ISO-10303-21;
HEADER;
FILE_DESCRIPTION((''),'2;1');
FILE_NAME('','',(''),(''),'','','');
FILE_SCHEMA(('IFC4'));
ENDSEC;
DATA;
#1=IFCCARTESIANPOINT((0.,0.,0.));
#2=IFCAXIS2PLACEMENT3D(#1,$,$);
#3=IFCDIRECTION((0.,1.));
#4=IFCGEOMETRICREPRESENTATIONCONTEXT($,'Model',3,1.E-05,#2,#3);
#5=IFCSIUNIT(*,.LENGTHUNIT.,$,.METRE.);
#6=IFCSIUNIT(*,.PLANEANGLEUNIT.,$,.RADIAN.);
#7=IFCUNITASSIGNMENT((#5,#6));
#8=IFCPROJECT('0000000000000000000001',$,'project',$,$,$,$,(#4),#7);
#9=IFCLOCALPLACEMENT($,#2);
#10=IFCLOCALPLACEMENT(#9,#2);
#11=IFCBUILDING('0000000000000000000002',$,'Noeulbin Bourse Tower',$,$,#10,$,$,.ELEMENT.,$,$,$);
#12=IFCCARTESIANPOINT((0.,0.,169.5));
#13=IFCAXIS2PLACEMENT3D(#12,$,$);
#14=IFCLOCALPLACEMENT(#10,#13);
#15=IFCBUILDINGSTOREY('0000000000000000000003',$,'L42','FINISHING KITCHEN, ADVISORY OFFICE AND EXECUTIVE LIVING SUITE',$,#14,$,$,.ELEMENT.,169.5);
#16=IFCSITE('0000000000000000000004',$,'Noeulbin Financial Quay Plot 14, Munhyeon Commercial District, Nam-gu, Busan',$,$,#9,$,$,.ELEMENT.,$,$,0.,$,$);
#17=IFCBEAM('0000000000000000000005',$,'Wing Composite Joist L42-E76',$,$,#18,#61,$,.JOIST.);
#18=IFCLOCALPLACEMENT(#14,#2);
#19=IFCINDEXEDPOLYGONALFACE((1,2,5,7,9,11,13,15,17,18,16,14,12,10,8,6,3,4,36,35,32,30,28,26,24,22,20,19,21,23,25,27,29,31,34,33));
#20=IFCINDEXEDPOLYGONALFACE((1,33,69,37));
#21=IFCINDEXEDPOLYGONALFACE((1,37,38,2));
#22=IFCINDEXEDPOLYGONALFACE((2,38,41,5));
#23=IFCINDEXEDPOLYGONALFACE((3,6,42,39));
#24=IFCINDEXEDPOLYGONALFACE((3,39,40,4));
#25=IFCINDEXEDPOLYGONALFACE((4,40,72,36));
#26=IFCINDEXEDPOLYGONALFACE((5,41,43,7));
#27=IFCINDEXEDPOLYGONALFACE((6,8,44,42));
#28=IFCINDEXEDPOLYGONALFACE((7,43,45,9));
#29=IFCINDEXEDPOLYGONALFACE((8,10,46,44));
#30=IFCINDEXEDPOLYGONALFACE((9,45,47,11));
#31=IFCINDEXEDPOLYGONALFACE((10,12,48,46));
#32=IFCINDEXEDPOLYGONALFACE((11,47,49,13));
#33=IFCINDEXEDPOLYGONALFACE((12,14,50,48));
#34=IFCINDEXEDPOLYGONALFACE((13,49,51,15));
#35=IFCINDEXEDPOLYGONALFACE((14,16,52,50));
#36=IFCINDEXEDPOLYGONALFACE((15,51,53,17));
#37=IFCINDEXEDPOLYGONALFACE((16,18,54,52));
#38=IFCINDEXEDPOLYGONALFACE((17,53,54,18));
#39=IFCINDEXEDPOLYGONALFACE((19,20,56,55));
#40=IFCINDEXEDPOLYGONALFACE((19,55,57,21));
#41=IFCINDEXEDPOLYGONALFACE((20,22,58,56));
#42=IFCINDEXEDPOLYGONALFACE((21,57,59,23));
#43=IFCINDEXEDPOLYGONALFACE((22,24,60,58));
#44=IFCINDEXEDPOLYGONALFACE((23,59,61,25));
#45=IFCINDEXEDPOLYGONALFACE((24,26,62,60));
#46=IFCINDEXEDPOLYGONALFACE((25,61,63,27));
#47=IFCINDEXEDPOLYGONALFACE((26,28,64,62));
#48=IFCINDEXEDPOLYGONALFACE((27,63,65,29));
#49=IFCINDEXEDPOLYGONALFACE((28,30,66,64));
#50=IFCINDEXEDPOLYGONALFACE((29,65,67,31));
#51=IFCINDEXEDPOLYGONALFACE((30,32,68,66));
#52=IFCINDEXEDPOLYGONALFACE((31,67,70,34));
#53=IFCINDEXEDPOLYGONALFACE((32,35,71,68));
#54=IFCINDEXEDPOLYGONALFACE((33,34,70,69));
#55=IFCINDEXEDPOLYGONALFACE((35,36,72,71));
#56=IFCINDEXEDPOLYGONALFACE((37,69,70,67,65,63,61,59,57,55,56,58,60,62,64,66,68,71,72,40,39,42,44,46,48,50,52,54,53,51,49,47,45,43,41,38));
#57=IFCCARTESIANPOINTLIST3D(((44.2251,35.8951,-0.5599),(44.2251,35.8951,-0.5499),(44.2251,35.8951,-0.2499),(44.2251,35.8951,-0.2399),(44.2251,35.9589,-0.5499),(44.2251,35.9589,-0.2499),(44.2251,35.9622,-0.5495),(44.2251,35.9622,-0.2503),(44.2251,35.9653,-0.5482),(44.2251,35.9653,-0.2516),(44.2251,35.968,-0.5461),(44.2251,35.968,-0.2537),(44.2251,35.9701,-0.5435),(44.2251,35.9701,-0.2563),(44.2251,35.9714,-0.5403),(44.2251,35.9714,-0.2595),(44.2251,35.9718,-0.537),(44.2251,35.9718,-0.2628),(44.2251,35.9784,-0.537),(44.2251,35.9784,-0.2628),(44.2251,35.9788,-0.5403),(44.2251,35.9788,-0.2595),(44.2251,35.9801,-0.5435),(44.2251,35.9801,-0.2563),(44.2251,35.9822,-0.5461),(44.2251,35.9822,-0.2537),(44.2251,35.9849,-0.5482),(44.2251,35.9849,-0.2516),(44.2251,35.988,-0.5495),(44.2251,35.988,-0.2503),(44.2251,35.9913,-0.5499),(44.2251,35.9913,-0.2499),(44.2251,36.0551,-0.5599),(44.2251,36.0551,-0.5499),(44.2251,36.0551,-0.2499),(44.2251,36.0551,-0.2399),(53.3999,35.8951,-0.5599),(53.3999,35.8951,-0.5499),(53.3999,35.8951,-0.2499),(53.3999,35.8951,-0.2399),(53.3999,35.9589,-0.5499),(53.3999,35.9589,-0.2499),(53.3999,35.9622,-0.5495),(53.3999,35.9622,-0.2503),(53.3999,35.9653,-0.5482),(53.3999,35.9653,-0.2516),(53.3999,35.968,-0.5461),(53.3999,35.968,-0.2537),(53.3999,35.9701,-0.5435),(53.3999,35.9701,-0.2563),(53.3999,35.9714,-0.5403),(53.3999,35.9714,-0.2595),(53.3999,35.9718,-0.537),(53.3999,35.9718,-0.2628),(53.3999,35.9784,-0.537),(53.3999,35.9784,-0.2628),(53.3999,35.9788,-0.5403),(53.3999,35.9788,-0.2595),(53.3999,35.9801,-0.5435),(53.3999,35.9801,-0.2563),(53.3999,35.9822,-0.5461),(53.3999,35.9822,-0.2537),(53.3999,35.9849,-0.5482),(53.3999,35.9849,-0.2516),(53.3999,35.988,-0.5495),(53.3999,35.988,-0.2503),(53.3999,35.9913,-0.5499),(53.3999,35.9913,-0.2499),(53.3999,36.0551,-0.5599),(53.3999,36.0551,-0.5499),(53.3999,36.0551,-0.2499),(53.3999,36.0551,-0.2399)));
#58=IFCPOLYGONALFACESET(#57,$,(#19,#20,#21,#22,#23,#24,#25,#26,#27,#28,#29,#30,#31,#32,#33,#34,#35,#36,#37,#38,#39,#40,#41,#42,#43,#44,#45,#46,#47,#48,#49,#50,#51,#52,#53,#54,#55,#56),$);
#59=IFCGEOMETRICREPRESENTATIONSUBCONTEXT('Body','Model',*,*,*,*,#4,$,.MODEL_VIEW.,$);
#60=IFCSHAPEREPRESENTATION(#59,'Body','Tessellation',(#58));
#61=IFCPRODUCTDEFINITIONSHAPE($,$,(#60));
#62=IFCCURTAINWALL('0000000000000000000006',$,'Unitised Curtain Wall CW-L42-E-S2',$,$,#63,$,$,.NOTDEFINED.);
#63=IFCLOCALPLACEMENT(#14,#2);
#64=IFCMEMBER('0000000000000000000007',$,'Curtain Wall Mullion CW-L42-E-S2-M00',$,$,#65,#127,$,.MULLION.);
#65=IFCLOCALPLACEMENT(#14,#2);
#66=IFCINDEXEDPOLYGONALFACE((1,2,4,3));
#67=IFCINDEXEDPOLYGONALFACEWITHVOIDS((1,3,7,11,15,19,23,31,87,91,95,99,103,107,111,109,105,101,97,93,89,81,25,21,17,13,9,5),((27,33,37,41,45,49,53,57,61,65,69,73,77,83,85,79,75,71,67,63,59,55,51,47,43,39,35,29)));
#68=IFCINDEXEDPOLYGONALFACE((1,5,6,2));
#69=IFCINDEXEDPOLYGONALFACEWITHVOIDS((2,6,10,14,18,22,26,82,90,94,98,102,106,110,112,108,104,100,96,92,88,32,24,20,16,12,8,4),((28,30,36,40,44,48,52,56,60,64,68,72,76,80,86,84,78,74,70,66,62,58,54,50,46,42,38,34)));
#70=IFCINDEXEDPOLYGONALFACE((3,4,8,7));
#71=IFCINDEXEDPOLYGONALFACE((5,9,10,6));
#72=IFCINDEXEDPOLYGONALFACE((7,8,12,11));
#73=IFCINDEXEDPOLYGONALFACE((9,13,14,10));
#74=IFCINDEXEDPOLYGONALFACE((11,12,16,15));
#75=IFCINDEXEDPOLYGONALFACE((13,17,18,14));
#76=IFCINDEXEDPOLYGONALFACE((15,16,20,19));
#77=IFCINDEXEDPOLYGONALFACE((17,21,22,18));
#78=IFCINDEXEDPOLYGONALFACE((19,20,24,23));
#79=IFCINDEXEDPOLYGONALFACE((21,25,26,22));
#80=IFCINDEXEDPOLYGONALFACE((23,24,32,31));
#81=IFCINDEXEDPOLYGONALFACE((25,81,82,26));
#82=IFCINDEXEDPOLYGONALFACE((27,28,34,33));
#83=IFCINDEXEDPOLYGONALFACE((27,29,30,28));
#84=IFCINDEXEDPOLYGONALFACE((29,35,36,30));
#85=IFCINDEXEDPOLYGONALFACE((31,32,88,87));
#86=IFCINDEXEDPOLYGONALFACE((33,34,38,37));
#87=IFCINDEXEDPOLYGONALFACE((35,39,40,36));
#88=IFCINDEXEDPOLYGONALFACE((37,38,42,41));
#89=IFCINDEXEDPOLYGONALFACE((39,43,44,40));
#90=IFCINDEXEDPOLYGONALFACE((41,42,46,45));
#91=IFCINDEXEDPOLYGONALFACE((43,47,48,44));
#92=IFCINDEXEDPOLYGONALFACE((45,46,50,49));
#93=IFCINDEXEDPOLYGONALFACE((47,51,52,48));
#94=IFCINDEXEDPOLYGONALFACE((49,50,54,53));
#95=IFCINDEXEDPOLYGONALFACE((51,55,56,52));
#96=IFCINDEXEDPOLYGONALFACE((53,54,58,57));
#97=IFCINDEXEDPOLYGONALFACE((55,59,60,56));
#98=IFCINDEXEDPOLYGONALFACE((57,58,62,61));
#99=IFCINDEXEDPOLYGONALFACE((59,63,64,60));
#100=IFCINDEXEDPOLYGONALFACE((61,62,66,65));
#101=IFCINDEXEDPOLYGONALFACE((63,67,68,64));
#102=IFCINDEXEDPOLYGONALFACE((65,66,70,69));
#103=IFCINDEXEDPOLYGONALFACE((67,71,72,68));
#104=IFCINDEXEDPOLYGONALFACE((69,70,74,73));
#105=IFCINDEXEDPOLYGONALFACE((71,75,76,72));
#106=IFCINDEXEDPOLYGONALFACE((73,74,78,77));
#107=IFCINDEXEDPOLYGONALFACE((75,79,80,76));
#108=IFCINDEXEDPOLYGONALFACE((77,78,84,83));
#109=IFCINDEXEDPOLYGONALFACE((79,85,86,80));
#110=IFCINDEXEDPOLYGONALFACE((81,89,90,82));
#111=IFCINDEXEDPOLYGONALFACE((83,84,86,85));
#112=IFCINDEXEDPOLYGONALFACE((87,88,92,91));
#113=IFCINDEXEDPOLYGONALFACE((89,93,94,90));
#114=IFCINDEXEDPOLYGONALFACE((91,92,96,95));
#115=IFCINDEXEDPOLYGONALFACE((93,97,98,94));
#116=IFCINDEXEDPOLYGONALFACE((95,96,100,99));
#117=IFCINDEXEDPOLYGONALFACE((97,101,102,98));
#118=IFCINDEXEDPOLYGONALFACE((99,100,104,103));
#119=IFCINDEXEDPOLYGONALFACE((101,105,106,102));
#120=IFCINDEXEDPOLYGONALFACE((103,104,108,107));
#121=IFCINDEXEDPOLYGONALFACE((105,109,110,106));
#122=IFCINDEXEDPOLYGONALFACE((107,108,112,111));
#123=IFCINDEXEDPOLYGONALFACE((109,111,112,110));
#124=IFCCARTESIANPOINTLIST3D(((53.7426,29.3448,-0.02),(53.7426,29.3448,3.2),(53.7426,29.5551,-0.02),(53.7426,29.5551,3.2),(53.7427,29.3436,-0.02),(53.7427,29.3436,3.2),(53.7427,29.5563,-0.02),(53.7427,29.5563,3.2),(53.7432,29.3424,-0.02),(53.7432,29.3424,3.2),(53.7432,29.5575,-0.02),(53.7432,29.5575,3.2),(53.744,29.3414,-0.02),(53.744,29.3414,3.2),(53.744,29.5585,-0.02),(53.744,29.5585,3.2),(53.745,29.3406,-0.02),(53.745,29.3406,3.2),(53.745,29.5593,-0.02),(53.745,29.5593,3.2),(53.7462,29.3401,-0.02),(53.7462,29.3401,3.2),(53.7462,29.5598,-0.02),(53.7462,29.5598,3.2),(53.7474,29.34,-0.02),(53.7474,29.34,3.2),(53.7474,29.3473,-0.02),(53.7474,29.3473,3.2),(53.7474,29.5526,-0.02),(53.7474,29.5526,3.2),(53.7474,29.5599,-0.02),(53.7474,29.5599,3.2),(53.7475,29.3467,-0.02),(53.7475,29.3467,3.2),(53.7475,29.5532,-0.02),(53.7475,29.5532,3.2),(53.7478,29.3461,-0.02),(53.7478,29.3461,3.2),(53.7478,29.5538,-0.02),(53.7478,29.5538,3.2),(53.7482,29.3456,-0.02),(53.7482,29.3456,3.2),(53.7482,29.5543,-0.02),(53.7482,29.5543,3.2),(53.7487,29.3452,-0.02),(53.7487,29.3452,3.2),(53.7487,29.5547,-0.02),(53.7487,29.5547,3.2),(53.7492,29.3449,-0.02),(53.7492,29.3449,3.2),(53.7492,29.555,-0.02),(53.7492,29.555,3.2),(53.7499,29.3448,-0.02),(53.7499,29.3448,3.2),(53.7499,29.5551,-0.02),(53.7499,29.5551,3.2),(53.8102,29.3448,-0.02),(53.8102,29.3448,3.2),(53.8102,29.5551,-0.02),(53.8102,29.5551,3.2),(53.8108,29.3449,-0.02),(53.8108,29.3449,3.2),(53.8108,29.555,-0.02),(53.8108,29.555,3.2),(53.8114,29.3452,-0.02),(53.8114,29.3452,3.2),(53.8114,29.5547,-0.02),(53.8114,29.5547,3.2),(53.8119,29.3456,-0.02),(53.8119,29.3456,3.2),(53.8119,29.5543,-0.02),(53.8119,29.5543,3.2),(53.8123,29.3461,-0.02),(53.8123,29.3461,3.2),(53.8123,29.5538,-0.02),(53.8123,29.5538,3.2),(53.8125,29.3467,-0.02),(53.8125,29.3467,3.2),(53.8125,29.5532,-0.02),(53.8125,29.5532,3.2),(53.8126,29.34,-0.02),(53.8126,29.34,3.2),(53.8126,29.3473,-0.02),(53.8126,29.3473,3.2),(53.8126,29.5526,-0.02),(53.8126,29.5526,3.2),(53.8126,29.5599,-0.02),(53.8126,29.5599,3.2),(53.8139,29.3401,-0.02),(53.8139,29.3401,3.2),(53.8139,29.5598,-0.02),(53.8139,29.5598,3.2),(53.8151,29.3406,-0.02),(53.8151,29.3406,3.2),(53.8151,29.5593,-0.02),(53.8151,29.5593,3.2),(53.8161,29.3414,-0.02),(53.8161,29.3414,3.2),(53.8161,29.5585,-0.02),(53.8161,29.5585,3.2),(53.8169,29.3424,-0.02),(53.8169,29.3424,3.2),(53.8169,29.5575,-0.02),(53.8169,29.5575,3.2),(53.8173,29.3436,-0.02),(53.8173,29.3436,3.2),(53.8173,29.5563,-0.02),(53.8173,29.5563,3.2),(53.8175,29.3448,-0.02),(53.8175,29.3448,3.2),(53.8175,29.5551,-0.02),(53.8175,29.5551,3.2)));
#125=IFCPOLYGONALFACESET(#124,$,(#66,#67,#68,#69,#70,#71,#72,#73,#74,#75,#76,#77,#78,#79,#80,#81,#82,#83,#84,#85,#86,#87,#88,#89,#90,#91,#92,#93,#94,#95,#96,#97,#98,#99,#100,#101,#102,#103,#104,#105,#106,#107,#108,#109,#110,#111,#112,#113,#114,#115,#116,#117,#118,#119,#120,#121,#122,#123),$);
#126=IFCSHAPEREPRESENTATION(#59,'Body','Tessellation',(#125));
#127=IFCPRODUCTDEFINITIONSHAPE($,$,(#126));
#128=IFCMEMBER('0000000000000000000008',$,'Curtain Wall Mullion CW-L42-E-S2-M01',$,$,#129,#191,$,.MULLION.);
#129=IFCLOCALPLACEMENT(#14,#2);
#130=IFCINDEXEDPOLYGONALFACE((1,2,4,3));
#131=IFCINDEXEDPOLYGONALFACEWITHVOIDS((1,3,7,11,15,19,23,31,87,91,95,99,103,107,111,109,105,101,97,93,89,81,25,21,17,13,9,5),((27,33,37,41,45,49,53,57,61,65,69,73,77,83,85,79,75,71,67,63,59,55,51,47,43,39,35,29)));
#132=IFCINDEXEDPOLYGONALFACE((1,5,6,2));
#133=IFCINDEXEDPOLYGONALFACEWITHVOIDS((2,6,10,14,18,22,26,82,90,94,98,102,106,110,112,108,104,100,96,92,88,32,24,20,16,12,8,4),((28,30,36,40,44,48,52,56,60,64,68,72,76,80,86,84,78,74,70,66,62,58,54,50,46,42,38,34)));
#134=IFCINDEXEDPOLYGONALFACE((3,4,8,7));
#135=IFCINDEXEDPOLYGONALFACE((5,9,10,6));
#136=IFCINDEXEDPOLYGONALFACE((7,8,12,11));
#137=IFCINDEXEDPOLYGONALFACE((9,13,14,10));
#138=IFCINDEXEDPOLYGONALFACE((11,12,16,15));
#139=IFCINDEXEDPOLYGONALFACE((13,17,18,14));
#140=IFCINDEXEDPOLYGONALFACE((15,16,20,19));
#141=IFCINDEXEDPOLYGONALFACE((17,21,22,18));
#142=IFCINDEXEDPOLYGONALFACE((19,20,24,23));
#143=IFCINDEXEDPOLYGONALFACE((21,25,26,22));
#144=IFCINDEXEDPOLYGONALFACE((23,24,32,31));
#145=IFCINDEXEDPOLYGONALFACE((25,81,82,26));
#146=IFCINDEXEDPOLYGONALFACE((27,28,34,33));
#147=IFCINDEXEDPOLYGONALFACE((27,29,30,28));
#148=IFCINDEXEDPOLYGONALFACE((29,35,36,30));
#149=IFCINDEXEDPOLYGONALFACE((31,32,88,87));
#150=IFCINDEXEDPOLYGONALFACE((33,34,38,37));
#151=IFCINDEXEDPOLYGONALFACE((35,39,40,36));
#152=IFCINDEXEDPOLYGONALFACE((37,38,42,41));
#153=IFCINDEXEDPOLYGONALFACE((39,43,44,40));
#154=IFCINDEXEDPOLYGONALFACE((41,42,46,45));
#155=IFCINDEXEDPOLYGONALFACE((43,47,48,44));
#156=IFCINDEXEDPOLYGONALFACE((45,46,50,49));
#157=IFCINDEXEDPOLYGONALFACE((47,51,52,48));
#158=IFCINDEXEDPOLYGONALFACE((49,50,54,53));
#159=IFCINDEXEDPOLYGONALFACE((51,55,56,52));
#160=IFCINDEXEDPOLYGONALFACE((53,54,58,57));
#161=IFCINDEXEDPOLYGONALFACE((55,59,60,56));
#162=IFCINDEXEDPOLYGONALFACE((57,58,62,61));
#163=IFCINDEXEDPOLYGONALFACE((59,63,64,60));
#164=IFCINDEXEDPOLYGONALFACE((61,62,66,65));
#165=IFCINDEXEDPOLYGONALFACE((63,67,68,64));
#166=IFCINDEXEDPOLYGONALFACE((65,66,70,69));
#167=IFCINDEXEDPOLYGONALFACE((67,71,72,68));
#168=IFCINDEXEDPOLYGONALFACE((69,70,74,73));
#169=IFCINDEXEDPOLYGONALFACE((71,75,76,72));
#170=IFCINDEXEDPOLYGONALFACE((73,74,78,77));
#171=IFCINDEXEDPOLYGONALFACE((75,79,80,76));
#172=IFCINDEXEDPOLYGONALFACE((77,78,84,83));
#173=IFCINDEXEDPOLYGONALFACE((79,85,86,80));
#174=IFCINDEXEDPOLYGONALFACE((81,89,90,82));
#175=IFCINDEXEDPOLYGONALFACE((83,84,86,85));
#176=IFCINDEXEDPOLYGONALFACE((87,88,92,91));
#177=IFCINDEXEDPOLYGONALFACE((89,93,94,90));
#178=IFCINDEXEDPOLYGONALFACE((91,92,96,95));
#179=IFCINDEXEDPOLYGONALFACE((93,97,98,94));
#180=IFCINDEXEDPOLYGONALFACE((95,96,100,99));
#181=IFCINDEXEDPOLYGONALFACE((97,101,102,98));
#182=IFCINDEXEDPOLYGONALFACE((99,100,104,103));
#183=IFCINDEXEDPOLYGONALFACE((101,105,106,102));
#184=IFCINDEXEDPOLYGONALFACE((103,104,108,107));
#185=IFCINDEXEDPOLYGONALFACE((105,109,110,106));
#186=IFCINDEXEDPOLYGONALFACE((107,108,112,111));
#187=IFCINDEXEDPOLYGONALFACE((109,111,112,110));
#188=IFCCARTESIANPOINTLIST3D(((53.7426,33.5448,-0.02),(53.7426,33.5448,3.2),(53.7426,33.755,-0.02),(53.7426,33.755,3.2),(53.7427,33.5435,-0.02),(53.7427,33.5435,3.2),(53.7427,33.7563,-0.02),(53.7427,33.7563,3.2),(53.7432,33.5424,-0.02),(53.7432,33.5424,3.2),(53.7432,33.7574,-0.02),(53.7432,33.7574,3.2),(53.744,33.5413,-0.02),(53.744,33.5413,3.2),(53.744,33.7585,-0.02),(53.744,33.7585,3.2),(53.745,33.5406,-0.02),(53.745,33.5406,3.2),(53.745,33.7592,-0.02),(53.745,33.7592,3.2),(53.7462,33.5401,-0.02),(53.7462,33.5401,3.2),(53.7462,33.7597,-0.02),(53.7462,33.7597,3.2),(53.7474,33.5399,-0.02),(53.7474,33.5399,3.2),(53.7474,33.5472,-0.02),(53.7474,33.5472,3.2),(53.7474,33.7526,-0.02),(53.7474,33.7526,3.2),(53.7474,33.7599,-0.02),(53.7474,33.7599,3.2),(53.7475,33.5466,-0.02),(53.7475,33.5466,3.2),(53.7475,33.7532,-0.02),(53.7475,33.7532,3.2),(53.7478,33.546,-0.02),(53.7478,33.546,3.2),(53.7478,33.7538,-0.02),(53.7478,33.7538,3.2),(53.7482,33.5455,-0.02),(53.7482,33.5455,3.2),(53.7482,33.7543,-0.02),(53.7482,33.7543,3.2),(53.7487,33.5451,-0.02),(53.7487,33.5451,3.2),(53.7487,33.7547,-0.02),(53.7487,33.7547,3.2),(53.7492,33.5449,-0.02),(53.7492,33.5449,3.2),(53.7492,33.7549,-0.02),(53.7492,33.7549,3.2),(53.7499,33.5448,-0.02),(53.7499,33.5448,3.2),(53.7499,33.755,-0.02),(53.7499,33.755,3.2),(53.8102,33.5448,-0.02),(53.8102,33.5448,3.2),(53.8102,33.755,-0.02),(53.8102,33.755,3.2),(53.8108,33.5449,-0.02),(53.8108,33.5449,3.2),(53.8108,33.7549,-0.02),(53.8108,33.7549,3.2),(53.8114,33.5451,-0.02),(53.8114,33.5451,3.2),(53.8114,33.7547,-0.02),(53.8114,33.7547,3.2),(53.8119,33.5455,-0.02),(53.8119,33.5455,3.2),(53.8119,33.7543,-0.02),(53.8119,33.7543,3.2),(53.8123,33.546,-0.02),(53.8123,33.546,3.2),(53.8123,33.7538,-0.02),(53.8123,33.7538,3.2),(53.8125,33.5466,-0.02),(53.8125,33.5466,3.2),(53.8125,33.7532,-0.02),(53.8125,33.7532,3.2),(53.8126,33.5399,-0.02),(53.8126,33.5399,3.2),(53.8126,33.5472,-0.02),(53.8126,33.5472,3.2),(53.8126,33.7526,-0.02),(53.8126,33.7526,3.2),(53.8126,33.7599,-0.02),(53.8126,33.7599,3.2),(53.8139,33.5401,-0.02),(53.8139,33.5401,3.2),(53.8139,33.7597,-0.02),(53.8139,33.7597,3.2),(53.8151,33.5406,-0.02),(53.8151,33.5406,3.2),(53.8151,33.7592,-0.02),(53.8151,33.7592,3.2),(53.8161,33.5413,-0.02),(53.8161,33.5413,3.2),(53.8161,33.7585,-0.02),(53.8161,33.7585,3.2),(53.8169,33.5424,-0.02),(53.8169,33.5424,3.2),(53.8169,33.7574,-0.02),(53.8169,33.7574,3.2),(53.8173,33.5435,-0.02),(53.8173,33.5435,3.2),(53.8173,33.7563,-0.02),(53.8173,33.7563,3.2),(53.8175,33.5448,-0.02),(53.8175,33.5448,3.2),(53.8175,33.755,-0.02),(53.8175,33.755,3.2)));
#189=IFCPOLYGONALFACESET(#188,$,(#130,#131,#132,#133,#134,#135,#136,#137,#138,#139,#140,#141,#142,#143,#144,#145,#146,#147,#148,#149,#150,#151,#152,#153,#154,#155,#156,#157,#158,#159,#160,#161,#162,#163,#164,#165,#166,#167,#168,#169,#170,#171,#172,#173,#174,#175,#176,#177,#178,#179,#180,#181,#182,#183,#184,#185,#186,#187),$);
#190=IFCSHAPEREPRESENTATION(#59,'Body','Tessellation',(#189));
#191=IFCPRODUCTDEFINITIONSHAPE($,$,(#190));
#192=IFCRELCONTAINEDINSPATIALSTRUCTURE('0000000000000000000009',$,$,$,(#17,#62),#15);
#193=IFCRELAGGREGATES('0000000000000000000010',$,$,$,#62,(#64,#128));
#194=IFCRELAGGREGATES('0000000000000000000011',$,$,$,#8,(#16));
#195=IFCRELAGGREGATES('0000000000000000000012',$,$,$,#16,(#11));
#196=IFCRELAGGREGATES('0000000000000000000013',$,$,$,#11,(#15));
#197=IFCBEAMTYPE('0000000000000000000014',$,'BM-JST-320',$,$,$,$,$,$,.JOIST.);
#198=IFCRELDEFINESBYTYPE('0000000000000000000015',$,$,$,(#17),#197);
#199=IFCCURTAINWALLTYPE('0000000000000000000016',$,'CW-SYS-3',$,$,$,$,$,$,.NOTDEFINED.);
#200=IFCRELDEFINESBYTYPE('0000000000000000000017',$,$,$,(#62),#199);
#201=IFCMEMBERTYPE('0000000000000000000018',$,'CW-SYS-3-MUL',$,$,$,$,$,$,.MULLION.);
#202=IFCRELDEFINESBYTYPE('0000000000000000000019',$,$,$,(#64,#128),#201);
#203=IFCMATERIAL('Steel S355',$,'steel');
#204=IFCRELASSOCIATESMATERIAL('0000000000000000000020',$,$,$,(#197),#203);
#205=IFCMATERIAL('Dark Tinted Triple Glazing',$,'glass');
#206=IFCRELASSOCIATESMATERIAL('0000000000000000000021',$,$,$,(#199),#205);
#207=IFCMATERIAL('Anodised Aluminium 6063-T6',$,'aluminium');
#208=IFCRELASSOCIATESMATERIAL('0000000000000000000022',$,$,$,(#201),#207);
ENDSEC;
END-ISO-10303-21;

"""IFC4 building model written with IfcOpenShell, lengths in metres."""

from ifc_helpers import new_model, si_unit, direction, frame, origin, origin_2d, place, context, subcontext, project, spatial, hollow_rectangle, i_section, extrude, material, material_profile, profile_set, type_object, element, aggregate, save


model = new_model("IFC4")

# Units and contexts
model_context = context("Model", 3, precision=1e-05, world=origin(), true_north=direction((0.0, 1.0)))
body_context = subcontext(model_context, "Body", "Model", "MODEL_VIEW")
ifc_project = project(units=[si_unit("LENGTHUNIT", "METRE"), si_unit("PLANEANGLEUNIT", "RADIAN")], contexts=[model_context])

# Site, building, storey
site_placement = place(None, origin())
site = spatial("IfcSite", under=ifc_project, at=site_placement, Name="Noeulbin Financial Quay Plot 14, Munhyeon Commercial District, Nam-gu, Busan", CompositionType="ELEMENT", RefElevation=0.0)
building_placement = place(site_placement, origin())
building = spatial("IfcBuilding", under=site, at=building_placement, Name="Noeulbin Bourse Tower", CompositionType="ELEMENT")
storey_placement = place(building_placement, frame((0.0, 0.0, 169.5)))
storey = spatial("IfcBuildingStorey", under=building, at=storey_placement, Name="L42", Description="FINISHING KITCHEN, ADVISORY OFFICE AND EXECUTIVE LIVING SUITE", CompositionType="ELEMENT", Elevation=169.5)

# Beam
ifc_material_1 = material(Name="Steel S355", Category="steel")
ifc_material_profile_1 = material_profile(ifc_material_1, i_section(OverallWidth=0.1599, OverallDepth=0.3201, WebThickness=0.0066, FlangeThickness=0.01, FilletRadius=0.0129, at=origin_2d()), Name="H-320x160x6.5x10", Category="LoadBearing")
ifc_profile_set_1 = profile_set([ifc_material_profile_1], Name="Steel S355")
beam_type = type_object("IfcBeamType", Name="BM-JST-320", PredefinedType="JOIST", material=ifc_profile_set_1)
for number, where, z_axis, x_axis, name in (
    (1, (44.2251, 35.9751, -0.3999), (1.0, 0.0, 0.0), (0.0, 1.0, 0.0), "Wing Composite Joist L42-E76"),
):
    element("IfcBeam", number, at=place(storey_placement, frame(where, z_axis=z_axis, x_axis=x_axis)), inside=storey, type_object=beam_type, Name=name, PredefinedType="JOIST", context=body_context, shape_type="SweptSolid", body=[
        extrude(i_section(OverallWidth=0.1599, OverallDepth=0.3201, WebThickness=0.0066, FlangeThickness=0.01, FilletRadius=0.0129, at=origin_2d()), origin(), (0.0, 0.0, 1.0), 9.1748),
    ])

# Curtain wall, members
ifc_material_2 = material(Name="Dark Tinted Triple Glazing", Category="glass")
curtain_wall_type = type_object("IfcCurtainWallType", Name="CW-SYS-3", PredefinedType="NOTDEFINED", material=ifc_material_2)
curtain_wall_placement = place(storey_placement, origin())
curtain_wall = element("IfcCurtainWall", 2, at=curtain_wall_placement, inside=storey, type_object=curtain_wall_type, Name="Unitised Curtain Wall CW-L42-E-S2", PredefinedType="NOTDEFINED")
ifc_material_3 = material(Name="Anodised Aluminium 6063-T6", Category="aluminium")
ifc_material_profile_2 = material_profile(ifc_material_3, hollow_rectangle(XDim=0.075, YDim=0.22, WallThickness=0.0049, InnerFilletRadius=0.0024, OuterFilletRadius=0.0049, at=origin_2d()), Name="ALU-MULL-75x220x5", Category="LoadBearing")
ifc_profile_set_2 = profile_set([ifc_material_profile_2], Name="Anodised Aluminium 6063-T6")
member_type_1 = type_object("IfcMemberType", Name="CW-SYS-3-MUL", PredefinedType="MULLION", material=ifc_profile_set_2)
member_1_placement = place(storey_placement, frame((53.78, 29.45, -0.02), z_axis=(0.0, 0.0, 1.0), x_axis=(1.0, 0.0, 0.0)))
member_1 = element("IfcMember", 3, at=member_1_placement, type_object=member_type_1, Name="Curtain Wall Mullion CW-L42-E-S2-M00", PredefinedType="MULLION", context=body_context, shape_type="SweptSolid", body=[
    extrude(hollow_rectangle(XDim=0.075, YDim=0.22, WallThickness=0.0049, InnerFilletRadius=0.0024, OuterFilletRadius=0.0049, at=origin_2d()), origin(), (0.0, 0.0, 1.0), 3.22),
])
member_2_placement = place(storey_placement, frame((53.78, 33.6499, -0.02), z_axis=(0.0, 0.0, 1.0), x_axis=(1.0, 0.0, 0.0)))
member_2 = element("IfcMember", 4, at=member_2_placement, type_object=member_type_1, Name="Curtain Wall Mullion CW-L42-E-S2-M01", PredefinedType="MULLION", context=body_context, shape_type="SweptSolid", body=[
    extrude(hollow_rectangle(XDim=0.075, YDim=0.22, WallThickness=0.0049, InnerFilletRadius=0.0024, OuterFilletRadius=0.0049, at=origin_2d()), origin(), (0.0, 0.0, 1.0), 3.22),
])

aggregate(curtain_wall, [member_1, member_2])

save(model, "model.ifc")
